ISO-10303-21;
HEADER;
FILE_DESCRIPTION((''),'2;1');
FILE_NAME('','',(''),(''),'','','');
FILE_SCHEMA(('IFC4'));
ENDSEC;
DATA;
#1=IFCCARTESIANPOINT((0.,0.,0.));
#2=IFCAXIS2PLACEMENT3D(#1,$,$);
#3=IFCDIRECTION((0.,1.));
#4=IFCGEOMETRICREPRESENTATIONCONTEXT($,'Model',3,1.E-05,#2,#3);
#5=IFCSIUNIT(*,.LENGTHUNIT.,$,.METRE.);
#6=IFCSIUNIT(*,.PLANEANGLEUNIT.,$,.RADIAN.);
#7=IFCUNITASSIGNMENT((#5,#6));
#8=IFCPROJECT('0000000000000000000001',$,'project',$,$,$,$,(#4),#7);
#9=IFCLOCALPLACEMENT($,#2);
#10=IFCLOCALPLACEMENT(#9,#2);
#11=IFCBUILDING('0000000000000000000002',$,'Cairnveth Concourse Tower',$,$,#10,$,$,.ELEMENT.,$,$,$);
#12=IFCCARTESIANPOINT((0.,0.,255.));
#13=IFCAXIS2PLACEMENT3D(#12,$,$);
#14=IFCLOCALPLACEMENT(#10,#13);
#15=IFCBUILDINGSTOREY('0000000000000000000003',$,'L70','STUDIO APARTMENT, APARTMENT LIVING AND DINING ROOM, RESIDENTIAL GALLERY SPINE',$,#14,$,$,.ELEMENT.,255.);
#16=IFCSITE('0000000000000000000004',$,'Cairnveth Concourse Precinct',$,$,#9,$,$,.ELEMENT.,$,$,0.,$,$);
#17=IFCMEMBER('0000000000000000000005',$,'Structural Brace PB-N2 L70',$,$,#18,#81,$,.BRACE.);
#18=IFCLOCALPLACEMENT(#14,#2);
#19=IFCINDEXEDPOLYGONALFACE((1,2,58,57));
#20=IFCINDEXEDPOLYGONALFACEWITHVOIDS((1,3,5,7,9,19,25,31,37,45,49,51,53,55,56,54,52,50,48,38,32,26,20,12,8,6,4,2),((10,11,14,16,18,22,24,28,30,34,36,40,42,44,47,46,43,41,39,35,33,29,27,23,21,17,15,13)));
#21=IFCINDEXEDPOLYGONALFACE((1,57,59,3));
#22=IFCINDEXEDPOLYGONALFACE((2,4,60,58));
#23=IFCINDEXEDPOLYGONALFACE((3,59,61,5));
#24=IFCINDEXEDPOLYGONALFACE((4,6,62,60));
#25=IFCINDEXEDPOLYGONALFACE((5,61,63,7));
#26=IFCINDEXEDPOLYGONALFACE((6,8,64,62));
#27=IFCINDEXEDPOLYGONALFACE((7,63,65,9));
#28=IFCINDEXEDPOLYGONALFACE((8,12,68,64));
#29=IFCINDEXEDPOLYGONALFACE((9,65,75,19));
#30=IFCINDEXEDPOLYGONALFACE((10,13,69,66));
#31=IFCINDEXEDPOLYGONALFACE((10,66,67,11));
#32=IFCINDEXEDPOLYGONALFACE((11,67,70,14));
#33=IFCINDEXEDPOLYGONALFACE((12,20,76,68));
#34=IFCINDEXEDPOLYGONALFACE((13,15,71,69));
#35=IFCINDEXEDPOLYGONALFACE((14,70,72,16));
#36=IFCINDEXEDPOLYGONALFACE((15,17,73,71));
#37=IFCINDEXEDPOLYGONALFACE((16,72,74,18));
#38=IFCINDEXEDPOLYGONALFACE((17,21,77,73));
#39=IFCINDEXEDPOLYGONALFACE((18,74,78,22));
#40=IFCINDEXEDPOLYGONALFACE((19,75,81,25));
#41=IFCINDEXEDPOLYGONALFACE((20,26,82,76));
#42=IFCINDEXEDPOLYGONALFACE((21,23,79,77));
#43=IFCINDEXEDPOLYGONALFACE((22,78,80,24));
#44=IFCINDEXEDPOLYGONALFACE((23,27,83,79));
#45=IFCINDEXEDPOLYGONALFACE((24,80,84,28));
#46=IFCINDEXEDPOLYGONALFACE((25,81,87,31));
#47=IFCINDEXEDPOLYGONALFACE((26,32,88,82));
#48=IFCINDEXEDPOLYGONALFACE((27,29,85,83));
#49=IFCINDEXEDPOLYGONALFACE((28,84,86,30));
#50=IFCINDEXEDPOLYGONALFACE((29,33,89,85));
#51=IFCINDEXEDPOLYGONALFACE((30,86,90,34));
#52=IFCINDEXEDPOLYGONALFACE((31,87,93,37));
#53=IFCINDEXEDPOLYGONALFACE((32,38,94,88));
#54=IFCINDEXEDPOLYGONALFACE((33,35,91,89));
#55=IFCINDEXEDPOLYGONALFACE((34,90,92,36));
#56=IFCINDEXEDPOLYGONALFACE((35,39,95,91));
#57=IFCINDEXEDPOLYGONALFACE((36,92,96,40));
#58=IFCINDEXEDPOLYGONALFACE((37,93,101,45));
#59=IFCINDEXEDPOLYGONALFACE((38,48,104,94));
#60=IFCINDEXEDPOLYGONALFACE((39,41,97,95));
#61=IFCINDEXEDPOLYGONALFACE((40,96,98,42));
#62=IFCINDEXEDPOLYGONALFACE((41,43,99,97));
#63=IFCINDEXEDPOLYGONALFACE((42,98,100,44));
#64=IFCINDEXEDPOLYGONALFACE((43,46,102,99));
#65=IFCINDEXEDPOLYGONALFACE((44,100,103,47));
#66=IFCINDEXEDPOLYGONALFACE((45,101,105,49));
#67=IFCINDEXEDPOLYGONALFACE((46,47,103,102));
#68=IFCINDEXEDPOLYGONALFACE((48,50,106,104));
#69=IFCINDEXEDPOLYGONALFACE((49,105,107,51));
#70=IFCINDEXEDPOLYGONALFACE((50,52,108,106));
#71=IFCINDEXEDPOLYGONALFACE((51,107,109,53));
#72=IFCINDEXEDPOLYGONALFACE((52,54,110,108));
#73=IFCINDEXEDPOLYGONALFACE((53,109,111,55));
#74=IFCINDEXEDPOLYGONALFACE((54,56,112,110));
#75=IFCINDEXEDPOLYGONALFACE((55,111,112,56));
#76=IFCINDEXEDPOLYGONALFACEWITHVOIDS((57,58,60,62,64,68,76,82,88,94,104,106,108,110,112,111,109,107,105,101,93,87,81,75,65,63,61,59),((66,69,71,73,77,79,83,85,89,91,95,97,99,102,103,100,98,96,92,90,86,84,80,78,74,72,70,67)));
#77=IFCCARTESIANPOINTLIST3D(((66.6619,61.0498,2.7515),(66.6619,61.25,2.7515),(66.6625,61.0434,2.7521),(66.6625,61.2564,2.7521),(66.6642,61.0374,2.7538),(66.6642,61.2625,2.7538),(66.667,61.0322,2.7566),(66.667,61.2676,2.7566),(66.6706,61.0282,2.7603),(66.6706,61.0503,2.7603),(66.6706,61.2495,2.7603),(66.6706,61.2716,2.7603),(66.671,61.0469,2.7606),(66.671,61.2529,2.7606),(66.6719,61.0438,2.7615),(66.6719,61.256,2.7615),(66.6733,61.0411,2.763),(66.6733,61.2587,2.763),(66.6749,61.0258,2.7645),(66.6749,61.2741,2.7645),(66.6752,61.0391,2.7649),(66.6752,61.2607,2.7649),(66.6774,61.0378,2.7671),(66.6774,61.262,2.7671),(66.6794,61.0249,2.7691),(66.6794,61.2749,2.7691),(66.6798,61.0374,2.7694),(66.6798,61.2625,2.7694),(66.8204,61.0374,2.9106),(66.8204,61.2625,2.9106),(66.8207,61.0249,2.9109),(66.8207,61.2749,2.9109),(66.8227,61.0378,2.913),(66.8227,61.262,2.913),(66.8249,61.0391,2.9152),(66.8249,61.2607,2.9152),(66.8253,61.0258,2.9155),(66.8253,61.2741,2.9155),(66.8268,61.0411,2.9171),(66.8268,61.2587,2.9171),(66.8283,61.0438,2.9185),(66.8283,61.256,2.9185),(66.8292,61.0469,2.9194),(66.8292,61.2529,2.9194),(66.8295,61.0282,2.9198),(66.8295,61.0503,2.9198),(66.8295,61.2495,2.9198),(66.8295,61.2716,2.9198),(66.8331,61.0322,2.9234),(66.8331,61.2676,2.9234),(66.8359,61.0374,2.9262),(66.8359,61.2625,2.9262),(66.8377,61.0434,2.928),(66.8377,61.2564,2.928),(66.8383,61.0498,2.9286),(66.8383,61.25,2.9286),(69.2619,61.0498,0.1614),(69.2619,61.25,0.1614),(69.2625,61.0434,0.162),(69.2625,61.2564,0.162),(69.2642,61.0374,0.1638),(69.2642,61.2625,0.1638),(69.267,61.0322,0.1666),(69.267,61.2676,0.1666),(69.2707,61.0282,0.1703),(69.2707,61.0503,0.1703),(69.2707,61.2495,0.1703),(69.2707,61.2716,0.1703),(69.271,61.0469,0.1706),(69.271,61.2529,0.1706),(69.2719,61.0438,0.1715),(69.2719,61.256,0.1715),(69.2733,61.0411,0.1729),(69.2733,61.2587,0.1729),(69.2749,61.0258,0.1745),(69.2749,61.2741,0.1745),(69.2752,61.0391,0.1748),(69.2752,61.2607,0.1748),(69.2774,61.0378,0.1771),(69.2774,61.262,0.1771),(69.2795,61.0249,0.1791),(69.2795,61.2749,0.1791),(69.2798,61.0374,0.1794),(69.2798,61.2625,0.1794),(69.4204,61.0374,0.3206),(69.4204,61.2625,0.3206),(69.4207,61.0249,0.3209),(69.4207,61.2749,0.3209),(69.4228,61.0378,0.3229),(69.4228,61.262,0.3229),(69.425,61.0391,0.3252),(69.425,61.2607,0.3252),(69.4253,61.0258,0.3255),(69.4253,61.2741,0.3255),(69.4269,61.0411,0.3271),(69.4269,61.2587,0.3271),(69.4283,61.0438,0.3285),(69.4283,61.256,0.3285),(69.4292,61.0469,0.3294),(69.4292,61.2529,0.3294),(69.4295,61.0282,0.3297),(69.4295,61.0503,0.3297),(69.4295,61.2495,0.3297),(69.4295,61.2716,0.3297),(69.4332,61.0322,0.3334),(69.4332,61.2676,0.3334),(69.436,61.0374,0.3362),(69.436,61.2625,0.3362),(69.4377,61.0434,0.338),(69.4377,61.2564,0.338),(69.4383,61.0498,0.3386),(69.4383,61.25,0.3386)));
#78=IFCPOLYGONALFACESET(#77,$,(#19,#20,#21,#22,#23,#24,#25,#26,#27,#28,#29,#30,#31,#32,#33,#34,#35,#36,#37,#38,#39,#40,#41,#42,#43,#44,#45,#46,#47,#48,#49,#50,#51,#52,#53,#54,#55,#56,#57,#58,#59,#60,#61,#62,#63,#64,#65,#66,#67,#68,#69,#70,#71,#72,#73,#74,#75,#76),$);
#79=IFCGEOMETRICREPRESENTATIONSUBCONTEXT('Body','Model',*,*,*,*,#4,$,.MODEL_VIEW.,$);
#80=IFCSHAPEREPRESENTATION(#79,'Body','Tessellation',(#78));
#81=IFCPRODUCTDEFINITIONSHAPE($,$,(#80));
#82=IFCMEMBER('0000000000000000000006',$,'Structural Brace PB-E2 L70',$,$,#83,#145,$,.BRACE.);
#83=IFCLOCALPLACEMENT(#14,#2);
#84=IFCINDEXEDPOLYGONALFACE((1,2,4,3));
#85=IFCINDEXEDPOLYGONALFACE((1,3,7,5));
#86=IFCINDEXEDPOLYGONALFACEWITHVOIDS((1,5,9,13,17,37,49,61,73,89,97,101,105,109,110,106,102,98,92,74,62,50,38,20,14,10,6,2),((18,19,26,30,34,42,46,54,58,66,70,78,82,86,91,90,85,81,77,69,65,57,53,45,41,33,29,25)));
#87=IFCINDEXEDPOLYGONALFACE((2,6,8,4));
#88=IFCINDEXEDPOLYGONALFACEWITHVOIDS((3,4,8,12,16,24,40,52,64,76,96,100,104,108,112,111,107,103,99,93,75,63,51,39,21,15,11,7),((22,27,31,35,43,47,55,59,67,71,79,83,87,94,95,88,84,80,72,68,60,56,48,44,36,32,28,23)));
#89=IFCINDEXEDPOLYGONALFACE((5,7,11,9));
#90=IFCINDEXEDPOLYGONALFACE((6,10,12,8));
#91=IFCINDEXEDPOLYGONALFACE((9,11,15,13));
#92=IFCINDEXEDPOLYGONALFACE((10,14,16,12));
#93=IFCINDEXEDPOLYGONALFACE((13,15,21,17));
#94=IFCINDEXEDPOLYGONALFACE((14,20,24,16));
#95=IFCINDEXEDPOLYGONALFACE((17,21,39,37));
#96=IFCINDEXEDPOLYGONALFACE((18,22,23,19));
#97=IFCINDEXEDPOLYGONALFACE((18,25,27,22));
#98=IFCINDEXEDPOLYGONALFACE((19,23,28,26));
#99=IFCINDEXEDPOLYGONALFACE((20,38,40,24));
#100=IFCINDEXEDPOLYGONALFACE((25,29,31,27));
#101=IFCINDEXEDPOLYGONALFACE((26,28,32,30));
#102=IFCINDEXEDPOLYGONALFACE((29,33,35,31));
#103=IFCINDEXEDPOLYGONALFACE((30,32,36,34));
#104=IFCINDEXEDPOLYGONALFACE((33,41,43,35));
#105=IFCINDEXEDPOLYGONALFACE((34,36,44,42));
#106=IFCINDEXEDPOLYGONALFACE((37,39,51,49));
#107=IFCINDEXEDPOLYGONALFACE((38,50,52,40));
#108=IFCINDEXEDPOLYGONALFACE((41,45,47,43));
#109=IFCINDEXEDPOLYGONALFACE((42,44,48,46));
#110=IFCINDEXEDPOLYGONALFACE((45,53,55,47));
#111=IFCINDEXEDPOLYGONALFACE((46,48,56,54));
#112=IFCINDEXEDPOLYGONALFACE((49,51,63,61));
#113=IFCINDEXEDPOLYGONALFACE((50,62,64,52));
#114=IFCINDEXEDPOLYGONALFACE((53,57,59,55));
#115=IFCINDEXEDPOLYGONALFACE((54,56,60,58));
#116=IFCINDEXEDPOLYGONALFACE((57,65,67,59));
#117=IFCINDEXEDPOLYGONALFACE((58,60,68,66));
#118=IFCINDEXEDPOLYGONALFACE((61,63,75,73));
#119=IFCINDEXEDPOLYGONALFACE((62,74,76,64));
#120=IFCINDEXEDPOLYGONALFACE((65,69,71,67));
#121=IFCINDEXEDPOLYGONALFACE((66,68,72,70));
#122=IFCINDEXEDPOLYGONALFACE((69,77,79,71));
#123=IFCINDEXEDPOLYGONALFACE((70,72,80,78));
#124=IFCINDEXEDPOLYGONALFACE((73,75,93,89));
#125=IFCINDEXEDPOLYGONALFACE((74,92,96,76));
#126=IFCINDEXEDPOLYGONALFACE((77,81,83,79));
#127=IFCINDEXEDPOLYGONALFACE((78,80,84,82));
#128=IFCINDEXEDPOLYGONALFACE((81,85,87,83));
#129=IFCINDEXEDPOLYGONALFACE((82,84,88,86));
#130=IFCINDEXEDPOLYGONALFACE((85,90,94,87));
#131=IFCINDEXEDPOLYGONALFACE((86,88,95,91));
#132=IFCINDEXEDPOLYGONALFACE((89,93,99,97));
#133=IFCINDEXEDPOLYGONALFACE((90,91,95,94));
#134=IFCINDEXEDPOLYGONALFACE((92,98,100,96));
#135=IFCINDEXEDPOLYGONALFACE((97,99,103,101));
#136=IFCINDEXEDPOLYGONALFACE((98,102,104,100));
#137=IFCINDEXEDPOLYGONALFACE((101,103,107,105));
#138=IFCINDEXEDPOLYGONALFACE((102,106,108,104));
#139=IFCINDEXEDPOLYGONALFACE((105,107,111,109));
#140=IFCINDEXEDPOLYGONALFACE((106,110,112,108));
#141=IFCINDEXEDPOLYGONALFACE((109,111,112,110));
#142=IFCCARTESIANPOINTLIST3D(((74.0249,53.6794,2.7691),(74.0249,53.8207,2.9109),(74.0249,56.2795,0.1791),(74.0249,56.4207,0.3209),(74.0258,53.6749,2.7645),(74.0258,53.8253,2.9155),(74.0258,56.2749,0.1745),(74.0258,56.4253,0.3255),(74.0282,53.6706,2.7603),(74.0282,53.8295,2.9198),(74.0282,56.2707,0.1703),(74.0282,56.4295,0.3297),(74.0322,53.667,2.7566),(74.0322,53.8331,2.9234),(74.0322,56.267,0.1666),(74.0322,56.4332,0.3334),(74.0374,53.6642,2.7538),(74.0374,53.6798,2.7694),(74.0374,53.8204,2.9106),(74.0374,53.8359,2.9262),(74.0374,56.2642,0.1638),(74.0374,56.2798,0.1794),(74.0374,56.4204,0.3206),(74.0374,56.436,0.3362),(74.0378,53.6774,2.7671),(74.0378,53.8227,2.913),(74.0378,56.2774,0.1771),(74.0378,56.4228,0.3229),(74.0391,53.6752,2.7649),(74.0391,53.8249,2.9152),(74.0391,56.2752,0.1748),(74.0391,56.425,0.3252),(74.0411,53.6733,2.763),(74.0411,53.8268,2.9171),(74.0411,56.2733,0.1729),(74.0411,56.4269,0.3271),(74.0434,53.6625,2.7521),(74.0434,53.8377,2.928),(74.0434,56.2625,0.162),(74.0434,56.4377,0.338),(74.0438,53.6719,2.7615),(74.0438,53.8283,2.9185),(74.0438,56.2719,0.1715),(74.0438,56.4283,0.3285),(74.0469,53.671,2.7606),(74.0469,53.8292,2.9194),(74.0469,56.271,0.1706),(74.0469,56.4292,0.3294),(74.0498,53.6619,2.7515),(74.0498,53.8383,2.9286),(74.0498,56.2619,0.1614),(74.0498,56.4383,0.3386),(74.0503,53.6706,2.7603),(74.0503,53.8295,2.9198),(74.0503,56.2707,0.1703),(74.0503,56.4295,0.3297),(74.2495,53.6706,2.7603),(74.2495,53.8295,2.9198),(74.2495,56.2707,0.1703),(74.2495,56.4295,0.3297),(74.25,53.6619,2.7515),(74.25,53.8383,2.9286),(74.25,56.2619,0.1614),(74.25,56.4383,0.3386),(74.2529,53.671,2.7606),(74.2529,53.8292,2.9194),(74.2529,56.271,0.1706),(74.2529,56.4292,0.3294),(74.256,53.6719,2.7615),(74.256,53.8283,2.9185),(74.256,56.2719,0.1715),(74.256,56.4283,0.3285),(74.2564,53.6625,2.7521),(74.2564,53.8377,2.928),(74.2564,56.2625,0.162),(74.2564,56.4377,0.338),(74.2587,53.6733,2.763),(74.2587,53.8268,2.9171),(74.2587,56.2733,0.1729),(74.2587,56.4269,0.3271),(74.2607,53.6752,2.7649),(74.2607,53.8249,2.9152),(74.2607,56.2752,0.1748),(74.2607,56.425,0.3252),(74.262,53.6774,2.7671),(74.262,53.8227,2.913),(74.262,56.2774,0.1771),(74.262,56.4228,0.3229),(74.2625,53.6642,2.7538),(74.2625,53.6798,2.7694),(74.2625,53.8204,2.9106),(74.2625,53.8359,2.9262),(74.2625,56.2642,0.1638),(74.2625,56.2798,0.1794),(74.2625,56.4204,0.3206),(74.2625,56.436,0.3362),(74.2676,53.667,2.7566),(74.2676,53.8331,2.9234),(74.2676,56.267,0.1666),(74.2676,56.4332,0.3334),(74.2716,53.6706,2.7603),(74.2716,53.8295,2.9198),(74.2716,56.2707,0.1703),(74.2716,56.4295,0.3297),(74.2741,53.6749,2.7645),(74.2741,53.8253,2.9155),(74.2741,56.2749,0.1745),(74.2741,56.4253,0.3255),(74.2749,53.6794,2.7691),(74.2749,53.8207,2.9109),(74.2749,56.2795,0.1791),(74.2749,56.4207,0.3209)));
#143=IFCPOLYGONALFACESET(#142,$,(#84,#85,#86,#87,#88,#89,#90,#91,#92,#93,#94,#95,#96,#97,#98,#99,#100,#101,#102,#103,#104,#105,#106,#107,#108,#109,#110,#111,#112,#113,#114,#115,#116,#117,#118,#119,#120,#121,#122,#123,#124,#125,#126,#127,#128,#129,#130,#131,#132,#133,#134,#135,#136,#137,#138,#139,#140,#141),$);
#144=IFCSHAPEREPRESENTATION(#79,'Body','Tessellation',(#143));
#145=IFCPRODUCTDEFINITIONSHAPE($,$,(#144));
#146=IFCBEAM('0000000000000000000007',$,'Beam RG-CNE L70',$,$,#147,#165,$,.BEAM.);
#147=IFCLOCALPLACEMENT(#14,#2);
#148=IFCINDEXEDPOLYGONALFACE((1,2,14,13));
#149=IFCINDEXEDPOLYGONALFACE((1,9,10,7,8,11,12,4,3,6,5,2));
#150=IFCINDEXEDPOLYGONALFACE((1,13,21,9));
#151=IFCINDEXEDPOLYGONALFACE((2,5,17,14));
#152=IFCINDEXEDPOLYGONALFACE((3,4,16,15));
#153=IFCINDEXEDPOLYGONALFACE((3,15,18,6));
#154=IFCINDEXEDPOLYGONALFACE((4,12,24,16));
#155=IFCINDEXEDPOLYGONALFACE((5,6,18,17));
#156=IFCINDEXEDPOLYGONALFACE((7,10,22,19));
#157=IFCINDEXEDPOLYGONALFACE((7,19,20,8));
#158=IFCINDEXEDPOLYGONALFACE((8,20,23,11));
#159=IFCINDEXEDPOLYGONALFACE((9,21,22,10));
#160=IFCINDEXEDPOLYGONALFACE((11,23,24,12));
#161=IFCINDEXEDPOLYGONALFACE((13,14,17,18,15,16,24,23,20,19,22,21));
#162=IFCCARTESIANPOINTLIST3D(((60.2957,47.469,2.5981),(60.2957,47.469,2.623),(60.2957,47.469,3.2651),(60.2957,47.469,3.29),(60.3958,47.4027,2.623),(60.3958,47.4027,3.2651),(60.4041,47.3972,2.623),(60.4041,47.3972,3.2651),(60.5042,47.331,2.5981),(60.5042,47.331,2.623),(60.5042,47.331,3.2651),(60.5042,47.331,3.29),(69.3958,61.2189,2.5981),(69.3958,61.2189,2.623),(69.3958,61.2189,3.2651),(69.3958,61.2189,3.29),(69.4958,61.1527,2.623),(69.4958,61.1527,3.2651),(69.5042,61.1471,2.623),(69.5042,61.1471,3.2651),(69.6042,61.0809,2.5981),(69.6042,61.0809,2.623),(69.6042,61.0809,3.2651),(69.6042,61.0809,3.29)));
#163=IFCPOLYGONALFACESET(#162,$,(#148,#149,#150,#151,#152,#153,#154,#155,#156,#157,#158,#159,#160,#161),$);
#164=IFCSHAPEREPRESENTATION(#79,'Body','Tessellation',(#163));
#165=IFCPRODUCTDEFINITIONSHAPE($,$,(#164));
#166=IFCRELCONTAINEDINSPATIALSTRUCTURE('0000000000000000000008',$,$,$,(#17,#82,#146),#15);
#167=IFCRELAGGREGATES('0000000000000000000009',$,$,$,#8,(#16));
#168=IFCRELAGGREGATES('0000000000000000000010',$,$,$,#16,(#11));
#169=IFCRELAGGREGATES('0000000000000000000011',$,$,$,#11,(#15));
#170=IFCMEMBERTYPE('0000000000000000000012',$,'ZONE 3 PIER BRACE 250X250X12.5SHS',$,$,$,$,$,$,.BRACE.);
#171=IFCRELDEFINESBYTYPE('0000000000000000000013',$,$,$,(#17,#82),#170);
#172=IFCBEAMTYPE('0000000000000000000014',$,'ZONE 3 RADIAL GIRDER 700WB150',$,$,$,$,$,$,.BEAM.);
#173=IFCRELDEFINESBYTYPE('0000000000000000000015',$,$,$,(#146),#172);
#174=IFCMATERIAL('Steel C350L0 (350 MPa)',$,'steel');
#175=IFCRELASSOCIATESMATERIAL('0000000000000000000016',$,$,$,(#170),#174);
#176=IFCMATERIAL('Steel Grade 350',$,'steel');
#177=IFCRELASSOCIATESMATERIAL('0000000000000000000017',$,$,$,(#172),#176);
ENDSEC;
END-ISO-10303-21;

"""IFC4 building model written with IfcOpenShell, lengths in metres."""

from ifc_helpers import new_model, si_unit, direction, frame, origin, origin_2d, place, context, subcontext, project, spatial, hollow_rectangle, i_section, extrude, material, material_profile, profile_set, type_object, element, save


model = new_model("IFC4")

# Units and contexts
model_context = context("Model", 3, precision=1e-05, world=origin(), true_north=direction((0.0, 1.0)))
body_context = subcontext(model_context, "Body", "Model", "MODEL_VIEW")
ifc_project = project(units=[si_unit("LENGTHUNIT", "METRE"), si_unit("PLANEANGLEUNIT", "RADIAN")], contexts=[model_context])

# Site, building, storey
site_placement = place(None, origin())
site = spatial("IfcSite", under=ifc_project, at=site_placement, Name="Cairnveth Concourse Precinct", CompositionType="ELEMENT", RefElevation=0.0)
building_placement = place(site_placement, origin())
building = spatial("IfcBuilding", under=site, at=building_placement, Name="Cairnveth Concourse Tower", CompositionType="ELEMENT")
storey_placement = place(building_placement, frame((0.0, 0.0, 255.0)))
storey = spatial("IfcBuildingStorey", under=building, at=storey_placement, Name="L70", Description="STUDIO APARTMENT, APARTMENT LIVING AND DINING ROOM, RESIDENTIAL GALLERY SPINE", CompositionType="ELEMENT", Elevation=255.0)

# Shared definitions
ifc_material_1 = material(Name="Steel Grade 350", Category="steel")

# Members
ifc_material_2 = material(Name="Steel C350L0 (350 MPa)", Category="steel")
ifc_material_profile_1 = material_profile(ifc_material_2, hollow_rectangle(XDim=0.25, YDim=0.25, WallThickness=0.0125, InnerFilletRadius=0.0129, OuterFilletRadius=0.0249, at=origin_2d()), Name="250x250x12.5SHS")
ifc_profile_set_1 = profile_set([ifc_material_profile_1], Name="Steel C350L0 (350 MPa)")
member_type = type_object("IfcMemberType", Name="ZONE 3 PIER BRACE 250X250X12.5SHS", PredefinedType="BRACE", material=ifc_profile_set_1)
for number, where, z_axis, x_axis, name in (
    (1, (69.3501, 61.1499, 0.25), (-0.708469, 0.0, 0.705742), (0.0, -1.0, 0.0), "Structural Brace PB-N2 L70"),
    (2, (74.1499, 56.3501, 0.25), (0.0, -0.708469, 0.705742), (1.0, 0.0, 0.0), "Structural Brace PB-E2 L70"),
):
    element("IfcMember", number, at=place(storey_placement, frame(where, z_axis=z_axis, x_axis=x_axis)), inside=storey, type_object=member_type, Name=name, PredefinedType="BRACE", context=body_context, shape_type="SweptSolid", body=[
        extrude(hollow_rectangle(XDim=0.25, YDim=0.25, WallThickness=0.0125, InnerFilletRadius=0.0129, OuterFilletRadius=0.0249, at=origin_2d()), origin(), (0.0, 0.0, 1.0), 3.6699),
    ])

# Beam
ifc_material_profile_2 = material_profile(ifc_material_1, i_section(OverallWidth=0.25, OverallDepth=0.6919, WebThickness=0.01, FlangeThickness=0.0249, at=origin_2d()), Name="700WB150")
ifc_profile_set_2 = profile_set([ifc_material_profile_2], Name="Steel Grade 350")
beam_type_1 = type_object("IfcBeamType", Name="ZONE 3 RADIAL GIRDER 700WB150", PredefinedType="BEAM", material=ifc_profile_set_2)
beam_1_placement = place(storey_placement, frame((69.5, 61.1499, 2.9441), z_axis=(-0.551902, -0.833909, 0.0), x_axis=(0.833909, -0.551902, 0.0)))
element("IfcBeam", 3, at=beam_1_placement, inside=storey, type_object=beam_type_1, Name="Beam RG-CNE L70", PredefinedType="BEAM", context=body_context, shape_type="SweptSolid", body=[
    extrude(i_section(OverallWidth=0.25, OverallDepth=0.6919, WebThickness=0.01, FlangeThickness=0.0249, at=origin_2d()), origin(), (0.0, 0.0, 1.0), 16.4885),
])

save(model, "model.ifc")
